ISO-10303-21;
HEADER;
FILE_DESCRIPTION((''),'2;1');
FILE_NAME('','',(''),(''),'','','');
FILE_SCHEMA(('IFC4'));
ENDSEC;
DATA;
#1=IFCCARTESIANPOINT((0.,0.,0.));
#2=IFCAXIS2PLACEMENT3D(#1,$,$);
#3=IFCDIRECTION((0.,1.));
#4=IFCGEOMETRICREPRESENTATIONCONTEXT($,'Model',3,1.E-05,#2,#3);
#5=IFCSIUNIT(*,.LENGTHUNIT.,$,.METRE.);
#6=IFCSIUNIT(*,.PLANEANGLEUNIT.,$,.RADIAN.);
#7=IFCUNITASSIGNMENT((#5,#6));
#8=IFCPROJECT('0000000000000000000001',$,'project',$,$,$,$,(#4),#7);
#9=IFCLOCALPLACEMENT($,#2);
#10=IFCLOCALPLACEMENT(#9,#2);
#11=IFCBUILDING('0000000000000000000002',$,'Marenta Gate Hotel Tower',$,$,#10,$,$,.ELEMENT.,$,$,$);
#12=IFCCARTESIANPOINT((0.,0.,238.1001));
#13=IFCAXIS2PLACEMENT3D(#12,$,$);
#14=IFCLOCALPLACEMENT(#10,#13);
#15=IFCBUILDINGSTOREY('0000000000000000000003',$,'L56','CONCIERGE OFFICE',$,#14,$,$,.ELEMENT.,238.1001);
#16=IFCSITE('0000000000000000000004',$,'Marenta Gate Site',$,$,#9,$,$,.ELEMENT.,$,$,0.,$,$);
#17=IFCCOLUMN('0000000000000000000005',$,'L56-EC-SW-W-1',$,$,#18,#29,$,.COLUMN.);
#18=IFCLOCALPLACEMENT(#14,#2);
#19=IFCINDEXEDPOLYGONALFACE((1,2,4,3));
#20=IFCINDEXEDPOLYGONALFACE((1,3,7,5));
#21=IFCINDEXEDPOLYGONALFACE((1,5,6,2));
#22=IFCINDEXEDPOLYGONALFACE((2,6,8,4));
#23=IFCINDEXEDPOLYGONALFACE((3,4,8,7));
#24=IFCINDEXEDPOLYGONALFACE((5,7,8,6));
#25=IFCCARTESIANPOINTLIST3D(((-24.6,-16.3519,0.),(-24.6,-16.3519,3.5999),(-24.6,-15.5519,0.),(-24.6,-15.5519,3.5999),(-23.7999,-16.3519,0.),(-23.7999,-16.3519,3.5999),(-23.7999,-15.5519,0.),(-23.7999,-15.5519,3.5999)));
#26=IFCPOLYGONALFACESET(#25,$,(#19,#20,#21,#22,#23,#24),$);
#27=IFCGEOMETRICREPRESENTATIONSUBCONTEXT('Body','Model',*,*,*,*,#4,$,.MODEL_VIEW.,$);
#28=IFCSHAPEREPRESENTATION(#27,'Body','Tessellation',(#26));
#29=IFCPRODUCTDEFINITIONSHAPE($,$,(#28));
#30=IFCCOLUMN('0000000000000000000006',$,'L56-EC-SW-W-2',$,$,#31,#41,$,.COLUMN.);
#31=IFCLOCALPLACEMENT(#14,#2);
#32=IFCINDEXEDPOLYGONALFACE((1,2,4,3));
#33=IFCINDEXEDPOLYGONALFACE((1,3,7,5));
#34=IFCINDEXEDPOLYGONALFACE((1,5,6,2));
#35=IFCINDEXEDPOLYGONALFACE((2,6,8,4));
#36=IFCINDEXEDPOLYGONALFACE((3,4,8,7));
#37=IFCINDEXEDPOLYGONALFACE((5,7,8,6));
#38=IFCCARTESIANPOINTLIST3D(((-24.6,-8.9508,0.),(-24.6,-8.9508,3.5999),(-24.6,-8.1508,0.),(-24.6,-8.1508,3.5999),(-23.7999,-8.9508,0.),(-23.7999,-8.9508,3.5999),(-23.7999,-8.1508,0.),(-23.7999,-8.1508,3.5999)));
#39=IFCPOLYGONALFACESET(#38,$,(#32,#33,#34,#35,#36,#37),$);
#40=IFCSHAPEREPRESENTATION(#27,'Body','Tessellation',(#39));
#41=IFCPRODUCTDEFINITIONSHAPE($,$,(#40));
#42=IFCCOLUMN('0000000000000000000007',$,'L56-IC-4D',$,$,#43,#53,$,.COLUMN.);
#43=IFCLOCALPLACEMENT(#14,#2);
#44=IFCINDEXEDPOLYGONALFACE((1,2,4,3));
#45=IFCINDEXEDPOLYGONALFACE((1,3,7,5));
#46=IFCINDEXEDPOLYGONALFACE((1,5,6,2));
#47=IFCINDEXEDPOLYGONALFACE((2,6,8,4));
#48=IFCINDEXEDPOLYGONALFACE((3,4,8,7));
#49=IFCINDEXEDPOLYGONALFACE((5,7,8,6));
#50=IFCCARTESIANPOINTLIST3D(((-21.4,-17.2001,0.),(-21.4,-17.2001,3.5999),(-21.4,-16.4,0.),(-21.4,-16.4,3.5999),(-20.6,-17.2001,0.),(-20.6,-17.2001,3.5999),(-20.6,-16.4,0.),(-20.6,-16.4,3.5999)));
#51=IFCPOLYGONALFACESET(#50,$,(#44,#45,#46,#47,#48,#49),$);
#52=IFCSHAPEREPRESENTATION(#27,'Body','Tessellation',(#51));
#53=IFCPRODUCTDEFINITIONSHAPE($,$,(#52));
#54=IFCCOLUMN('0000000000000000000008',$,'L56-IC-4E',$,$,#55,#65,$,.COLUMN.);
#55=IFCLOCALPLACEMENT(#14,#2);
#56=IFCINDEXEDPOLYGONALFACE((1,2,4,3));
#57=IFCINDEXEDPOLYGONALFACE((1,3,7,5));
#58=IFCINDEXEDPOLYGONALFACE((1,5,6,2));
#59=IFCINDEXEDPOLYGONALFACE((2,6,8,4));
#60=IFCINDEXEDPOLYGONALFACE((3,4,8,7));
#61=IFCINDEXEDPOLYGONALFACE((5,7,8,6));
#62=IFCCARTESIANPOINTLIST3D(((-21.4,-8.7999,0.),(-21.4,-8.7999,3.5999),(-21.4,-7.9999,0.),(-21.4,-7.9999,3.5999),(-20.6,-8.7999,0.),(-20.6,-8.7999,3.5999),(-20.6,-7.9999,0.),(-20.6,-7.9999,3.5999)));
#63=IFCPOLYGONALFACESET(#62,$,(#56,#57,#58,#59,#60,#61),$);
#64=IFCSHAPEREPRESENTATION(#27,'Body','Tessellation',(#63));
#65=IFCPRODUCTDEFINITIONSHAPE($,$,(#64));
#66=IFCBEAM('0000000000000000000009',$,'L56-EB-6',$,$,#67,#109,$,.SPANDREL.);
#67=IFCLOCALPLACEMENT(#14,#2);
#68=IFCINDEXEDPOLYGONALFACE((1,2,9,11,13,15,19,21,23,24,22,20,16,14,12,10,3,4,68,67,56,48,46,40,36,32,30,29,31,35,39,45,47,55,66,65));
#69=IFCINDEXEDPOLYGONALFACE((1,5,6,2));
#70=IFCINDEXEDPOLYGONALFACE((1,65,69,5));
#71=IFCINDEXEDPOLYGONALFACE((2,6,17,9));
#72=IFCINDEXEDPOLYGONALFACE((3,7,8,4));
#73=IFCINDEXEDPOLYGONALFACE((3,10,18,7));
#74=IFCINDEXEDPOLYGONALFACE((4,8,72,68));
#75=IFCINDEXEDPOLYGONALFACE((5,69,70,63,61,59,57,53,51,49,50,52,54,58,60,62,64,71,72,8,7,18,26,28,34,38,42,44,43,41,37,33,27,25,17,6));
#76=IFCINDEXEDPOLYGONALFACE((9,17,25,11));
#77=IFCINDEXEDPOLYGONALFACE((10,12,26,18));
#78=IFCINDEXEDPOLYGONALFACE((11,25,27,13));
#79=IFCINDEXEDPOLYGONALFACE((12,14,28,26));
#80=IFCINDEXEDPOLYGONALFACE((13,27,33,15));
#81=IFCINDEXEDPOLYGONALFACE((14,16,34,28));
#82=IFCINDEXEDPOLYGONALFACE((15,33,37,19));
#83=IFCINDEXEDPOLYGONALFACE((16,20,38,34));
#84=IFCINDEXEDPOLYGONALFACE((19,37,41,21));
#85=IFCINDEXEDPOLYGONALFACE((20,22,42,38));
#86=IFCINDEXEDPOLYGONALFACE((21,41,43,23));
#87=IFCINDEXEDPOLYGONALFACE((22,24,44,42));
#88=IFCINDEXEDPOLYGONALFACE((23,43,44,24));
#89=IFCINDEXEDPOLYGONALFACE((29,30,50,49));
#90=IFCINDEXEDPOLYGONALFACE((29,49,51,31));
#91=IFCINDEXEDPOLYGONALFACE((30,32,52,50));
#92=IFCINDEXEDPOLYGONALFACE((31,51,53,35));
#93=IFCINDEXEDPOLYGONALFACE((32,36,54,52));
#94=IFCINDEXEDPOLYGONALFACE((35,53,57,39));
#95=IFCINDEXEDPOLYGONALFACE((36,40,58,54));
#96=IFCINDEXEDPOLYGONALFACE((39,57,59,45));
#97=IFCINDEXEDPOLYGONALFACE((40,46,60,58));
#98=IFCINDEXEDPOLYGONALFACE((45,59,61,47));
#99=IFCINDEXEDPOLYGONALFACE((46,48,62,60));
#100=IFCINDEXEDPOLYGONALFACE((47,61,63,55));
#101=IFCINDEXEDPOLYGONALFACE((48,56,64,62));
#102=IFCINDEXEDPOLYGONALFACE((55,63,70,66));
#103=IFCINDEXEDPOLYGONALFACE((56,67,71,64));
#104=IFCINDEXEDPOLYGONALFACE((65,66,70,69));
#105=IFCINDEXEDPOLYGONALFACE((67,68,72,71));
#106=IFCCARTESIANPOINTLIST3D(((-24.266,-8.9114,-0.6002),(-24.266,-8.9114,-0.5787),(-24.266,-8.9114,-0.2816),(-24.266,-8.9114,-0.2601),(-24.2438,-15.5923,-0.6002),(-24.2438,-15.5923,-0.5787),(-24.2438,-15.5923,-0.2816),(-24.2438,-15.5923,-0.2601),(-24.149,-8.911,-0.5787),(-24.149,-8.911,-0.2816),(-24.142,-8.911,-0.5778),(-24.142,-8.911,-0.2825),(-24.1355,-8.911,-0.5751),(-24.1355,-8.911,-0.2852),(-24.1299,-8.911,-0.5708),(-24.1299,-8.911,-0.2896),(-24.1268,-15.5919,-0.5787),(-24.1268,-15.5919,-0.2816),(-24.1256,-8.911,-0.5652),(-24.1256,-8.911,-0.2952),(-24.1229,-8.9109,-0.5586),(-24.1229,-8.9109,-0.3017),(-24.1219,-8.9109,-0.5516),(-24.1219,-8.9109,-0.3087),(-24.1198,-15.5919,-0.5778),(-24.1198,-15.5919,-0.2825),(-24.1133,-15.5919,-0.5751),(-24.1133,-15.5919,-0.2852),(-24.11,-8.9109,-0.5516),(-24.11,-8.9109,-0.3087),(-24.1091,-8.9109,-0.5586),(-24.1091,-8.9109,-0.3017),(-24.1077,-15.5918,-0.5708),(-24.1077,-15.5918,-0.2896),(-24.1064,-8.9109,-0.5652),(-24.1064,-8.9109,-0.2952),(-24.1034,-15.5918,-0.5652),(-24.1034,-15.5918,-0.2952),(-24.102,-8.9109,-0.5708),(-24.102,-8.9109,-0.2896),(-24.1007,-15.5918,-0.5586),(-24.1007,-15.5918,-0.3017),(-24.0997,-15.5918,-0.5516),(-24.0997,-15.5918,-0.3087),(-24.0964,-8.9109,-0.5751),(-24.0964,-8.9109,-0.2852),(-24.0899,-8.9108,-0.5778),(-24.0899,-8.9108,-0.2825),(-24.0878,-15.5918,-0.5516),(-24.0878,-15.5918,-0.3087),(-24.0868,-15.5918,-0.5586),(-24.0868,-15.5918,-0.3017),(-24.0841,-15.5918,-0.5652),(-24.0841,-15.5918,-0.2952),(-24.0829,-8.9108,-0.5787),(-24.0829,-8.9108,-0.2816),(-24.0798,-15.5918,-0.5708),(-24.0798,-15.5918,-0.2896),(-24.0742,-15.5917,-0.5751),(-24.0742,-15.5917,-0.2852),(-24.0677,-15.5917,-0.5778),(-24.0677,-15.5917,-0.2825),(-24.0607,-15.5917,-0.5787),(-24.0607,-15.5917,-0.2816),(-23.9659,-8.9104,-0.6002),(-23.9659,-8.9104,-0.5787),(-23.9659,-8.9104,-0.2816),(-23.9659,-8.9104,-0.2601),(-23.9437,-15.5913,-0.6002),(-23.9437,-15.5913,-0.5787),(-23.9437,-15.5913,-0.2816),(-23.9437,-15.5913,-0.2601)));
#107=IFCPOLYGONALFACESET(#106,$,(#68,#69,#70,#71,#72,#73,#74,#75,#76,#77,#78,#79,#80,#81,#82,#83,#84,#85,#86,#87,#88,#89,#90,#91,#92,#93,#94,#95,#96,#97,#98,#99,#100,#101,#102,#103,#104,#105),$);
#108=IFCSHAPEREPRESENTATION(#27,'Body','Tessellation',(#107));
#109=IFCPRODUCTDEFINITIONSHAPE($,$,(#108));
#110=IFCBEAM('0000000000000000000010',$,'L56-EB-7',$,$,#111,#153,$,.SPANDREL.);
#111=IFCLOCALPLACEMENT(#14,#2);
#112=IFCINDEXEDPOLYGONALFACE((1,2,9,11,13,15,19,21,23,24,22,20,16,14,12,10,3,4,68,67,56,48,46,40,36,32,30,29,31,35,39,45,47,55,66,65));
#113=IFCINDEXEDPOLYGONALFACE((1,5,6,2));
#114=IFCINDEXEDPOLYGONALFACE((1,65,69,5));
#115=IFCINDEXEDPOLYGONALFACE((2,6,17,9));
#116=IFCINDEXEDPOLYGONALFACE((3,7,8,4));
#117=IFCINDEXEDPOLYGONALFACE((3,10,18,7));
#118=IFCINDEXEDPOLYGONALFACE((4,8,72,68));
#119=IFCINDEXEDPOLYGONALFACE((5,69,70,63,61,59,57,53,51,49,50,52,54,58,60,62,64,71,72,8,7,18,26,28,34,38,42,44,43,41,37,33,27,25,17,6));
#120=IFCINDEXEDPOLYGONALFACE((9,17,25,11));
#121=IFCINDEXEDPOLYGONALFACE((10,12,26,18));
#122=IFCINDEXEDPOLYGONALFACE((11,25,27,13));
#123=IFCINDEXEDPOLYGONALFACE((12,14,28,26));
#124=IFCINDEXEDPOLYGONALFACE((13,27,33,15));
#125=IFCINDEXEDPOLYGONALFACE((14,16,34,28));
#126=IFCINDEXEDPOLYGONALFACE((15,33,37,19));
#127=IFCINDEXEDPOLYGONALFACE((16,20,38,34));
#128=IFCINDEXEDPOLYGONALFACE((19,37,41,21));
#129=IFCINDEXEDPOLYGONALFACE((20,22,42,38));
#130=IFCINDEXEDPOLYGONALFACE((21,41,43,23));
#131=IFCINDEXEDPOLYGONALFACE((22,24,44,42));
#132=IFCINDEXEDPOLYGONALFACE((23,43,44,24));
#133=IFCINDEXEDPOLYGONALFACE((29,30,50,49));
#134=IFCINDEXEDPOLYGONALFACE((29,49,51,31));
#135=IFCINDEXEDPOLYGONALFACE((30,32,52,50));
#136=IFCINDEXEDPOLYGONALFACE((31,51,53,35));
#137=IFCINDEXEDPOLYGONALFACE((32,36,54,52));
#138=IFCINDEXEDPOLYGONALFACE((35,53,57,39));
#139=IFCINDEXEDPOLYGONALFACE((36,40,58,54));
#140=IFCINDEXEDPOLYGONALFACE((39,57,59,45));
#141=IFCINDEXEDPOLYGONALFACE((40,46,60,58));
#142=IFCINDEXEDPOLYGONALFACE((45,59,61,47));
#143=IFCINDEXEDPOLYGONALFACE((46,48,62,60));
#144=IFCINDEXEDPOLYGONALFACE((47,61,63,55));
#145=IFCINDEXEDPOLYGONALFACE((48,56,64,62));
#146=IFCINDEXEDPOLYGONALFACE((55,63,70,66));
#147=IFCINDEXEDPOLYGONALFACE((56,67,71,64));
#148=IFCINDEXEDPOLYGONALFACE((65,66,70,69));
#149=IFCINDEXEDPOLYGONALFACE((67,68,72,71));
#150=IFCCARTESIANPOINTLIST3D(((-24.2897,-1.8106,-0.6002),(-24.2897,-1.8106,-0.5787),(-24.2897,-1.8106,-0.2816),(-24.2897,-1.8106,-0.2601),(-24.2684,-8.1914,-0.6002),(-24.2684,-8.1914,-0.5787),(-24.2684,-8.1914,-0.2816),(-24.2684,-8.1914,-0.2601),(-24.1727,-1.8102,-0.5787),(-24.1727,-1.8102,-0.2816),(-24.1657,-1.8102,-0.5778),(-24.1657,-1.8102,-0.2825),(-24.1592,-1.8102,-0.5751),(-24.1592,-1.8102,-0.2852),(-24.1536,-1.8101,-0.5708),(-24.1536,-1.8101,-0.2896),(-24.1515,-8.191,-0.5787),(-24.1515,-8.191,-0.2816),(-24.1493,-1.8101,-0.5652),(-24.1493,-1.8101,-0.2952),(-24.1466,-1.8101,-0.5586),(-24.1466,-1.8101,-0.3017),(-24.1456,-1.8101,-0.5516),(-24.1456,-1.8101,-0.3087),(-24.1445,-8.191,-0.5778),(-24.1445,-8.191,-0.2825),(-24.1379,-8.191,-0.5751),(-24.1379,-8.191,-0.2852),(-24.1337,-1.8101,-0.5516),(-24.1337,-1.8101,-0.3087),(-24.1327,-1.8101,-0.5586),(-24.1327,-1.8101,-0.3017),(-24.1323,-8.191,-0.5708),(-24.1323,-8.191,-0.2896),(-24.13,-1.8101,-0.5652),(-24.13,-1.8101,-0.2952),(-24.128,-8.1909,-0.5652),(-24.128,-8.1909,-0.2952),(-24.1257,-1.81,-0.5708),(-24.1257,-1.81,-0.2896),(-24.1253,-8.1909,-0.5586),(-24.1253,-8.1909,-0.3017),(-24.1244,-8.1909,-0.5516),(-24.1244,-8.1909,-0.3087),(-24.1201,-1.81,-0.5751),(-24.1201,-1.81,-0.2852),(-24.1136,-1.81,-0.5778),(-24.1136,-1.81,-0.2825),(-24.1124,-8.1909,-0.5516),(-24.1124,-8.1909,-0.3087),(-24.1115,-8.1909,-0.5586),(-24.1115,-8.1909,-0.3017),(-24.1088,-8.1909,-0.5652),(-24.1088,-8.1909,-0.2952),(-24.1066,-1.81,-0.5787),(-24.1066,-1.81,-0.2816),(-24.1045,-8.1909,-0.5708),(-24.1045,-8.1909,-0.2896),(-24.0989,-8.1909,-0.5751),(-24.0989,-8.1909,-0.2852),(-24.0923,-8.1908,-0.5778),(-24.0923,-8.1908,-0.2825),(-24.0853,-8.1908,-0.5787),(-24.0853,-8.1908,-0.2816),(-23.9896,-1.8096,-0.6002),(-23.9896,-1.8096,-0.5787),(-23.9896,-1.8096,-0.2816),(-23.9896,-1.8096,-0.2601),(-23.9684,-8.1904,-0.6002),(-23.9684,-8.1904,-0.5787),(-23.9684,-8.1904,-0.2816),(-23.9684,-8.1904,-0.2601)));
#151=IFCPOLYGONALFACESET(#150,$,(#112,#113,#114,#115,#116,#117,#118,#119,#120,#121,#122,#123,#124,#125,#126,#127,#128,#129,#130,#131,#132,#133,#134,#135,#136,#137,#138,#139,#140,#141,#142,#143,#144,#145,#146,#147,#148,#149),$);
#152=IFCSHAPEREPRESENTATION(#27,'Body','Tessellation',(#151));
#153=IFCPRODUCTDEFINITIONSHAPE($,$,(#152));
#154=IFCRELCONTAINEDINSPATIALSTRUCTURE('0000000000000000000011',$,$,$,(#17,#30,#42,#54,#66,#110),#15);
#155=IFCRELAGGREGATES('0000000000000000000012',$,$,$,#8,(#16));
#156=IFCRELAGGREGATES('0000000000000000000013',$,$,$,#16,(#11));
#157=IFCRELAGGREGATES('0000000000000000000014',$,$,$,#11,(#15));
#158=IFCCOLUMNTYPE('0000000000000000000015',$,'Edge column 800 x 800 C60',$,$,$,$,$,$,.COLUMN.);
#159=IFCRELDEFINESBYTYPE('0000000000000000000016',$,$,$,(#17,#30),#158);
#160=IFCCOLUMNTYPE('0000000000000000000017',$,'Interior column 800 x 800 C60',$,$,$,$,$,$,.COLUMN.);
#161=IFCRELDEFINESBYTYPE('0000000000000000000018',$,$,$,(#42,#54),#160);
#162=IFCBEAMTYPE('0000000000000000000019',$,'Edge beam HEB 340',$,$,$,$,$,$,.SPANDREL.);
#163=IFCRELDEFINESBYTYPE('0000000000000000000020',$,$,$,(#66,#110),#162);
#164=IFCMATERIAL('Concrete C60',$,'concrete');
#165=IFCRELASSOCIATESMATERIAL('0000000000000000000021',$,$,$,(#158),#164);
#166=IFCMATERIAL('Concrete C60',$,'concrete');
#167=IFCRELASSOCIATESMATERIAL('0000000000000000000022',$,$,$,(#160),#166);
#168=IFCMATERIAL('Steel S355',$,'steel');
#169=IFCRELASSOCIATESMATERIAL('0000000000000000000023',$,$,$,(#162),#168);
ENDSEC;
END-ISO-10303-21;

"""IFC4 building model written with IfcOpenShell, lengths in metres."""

from ifc_helpers import new_model, si_unit, direction, frame, origin, origin_2d, place, context, subcontext, project, spatial, rectangle, i_section, extrude, material, material_profile, profile_set, type_object, element, save


model = new_model("IFC4")

# Units and contexts
model_context = context("Model", 3, precision=1e-05, world=origin(), true_north=direction((0.0, 1.0)))
body_context = subcontext(model_context, "Body", "Model", "MODEL_VIEW")
ifc_project = project(units=[si_unit("LENGTHUNIT", "METRE"), si_unit("PLANEANGLEUNIT", "RADIAN")], contexts=[model_context])

# Site, building, storey
site_placement = place(None, origin())
site = spatial("IfcSite", under=ifc_project, at=site_placement, Name="Marenta Gate Site", CompositionType="ELEMENT", RefElevation=0.0)
building_placement = place(site_placement, origin())
building = spatial("IfcBuilding", under=site, at=building_placement, Name="Marenta Gate Hotel Tower", CompositionType="ELEMENT")
storey_placement = place(building_placement, frame((0.0, 0.0, 238.1001)))
storey = spatial("IfcBuildingStorey", under=building, at=storey_placement, Name="L56", Description="CONCIERGE OFFICE", CompositionType="ELEMENT", Elevation=238.1001)

# Columns
ifc_material_1 = material(Name="Concrete C60", Category="concrete")
ifc_material_profile_1 = material_profile(ifc_material_1, rectangle(XDim=0.8, YDim=0.8, at=origin_2d()), Name="800 x 800")
ifc_profile_set_1 = profile_set([ifc_material_profile_1], Name="Concrete C60")
column_type_1 = type_object("IfcColumnType", Name="Edge column 800 x 800 C60", PredefinedType="COLUMN", material=ifc_profile_set_1)
for number, where, z_axis, x_axis, name in (
    (1, (-24.2, -15.9519, 0.0), (0.0, 0.0, 1.0), (1.0, 0.0, 0.0), "L56-EC-SW-W-1"),
    (2, (-24.2, -8.5508, 0.0), (0.0, 0.0, 1.0), (1.0, 0.0, 0.0), "L56-EC-SW-W-2"),
):
    element("IfcColumn", number, at=place(storey_placement, frame(where, z_axis=z_axis, x_axis=x_axis)), inside=storey, type_object=column_type_1, Name=name, PredefinedType="COLUMN", context=body_context, shape_type="SweptSolid", body=[
        extrude(rectangle(XDim=0.8, YDim=0.8, at=origin_2d()), origin(), (0.0, 0.0, 1.0), 3.5999),
    ])
ifc_material_2 = material(Name="Concrete C60", Category="concrete")
ifc_material_profile_2 = material_profile(ifc_material_2, rectangle(XDim=0.8, YDim=0.8, at=origin_2d()), Name="800 x 800")
ifc_profile_set_2 = profile_set([ifc_material_profile_2], Name="Concrete C60")
column_type_2 = type_object("IfcColumnType", Name="Interior column 800 x 800 C60", PredefinedType="COLUMN", material=ifc_profile_set_2)
for number, where, z_axis, x_axis, name in (
    (3, (-21.0, -16.8, 0.0), (0.0, 0.0, 1.0), (1.0, 0.0, 0.0), "L56-IC-4D"),
    (4, (-21.0, -8.3999, 0.0), (0.0, 0.0, 1.0), (1.0, 0.0, 0.0), "L56-IC-4E"),
):
    element("IfcColumn", number, at=place(storey_placement, frame(where, z_axis=z_axis, x_axis=x_axis)), inside=storey, type_object=column_type_2, Name=name, PredefinedType="COLUMN", context=body_context, shape_type="SweptSolid", body=[
        extrude(rectangle(XDim=0.8, YDim=0.8, at=origin_2d()), origin(), (0.0, 0.0, 1.0), 3.5999),
    ])

# Beams
ifc_material_3 = material(Name="Steel S355", Category="steel")
ifc_material_profile_3 = material_profile(ifc_material_3, i_section(OverallWidth=0.3, OverallDepth=0.3401, WebThickness=0.012, FlangeThickness=0.0215, FilletRadius=0.0271, at=origin_2d()), Name="HEB 340")
ifc_profile_set_3 = profile_set([ifc_material_profile_3], Name="Steel S355")
beam_type_1 = type_object("IfcBeamType", Name="Edge beam HEB 340", PredefinedType="SPANDREL", material=ifc_profile_set_3)
beam_1_placement = place(storey_placement, frame((-24.0938, -15.5918, -0.4302), z_axis=(-0.003325, 0.999994, 0.0), x_axis=(-0.999994, -0.003325, 0.0)))
element("IfcBeam", 5, at=beam_1_placement, inside=storey, type_object=beam_type_1, Name="L56-EB-6", PredefinedType="SPANDREL", context=body_context, shape_type="SweptSolid", body=[
    extrude(i_section(OverallWidth=0.3, OverallDepth=0.3401, WebThickness=0.012, FlangeThickness=0.0215, FilletRadius=0.0271, at=origin_2d()), origin(), (0.0, 0.0, 1.0), 6.6809),
])
beam_2_placement = place(storey_placement, frame((-24.1184, -8.1909, -0.4302), z_axis=(-0.003329, 0.999994, 0.0), x_axis=(-0.999994, -0.003329, 0.0)))
element("IfcBeam", 6, at=beam_2_placement, inside=storey, type_object=beam_type_1, Name="L56-EB-7", PredefinedType="SPANDREL", context=body_context, shape_type="SweptSolid", body=[
    extrude(i_section(OverallWidth=0.3, OverallDepth=0.3401, WebThickness=0.012, FlangeThickness=0.0215, FilletRadius=0.0271, at=origin_2d()), origin(), (0.0, 0.0, 1.0), 6.3809),
])

save(model, "model.ifc")
